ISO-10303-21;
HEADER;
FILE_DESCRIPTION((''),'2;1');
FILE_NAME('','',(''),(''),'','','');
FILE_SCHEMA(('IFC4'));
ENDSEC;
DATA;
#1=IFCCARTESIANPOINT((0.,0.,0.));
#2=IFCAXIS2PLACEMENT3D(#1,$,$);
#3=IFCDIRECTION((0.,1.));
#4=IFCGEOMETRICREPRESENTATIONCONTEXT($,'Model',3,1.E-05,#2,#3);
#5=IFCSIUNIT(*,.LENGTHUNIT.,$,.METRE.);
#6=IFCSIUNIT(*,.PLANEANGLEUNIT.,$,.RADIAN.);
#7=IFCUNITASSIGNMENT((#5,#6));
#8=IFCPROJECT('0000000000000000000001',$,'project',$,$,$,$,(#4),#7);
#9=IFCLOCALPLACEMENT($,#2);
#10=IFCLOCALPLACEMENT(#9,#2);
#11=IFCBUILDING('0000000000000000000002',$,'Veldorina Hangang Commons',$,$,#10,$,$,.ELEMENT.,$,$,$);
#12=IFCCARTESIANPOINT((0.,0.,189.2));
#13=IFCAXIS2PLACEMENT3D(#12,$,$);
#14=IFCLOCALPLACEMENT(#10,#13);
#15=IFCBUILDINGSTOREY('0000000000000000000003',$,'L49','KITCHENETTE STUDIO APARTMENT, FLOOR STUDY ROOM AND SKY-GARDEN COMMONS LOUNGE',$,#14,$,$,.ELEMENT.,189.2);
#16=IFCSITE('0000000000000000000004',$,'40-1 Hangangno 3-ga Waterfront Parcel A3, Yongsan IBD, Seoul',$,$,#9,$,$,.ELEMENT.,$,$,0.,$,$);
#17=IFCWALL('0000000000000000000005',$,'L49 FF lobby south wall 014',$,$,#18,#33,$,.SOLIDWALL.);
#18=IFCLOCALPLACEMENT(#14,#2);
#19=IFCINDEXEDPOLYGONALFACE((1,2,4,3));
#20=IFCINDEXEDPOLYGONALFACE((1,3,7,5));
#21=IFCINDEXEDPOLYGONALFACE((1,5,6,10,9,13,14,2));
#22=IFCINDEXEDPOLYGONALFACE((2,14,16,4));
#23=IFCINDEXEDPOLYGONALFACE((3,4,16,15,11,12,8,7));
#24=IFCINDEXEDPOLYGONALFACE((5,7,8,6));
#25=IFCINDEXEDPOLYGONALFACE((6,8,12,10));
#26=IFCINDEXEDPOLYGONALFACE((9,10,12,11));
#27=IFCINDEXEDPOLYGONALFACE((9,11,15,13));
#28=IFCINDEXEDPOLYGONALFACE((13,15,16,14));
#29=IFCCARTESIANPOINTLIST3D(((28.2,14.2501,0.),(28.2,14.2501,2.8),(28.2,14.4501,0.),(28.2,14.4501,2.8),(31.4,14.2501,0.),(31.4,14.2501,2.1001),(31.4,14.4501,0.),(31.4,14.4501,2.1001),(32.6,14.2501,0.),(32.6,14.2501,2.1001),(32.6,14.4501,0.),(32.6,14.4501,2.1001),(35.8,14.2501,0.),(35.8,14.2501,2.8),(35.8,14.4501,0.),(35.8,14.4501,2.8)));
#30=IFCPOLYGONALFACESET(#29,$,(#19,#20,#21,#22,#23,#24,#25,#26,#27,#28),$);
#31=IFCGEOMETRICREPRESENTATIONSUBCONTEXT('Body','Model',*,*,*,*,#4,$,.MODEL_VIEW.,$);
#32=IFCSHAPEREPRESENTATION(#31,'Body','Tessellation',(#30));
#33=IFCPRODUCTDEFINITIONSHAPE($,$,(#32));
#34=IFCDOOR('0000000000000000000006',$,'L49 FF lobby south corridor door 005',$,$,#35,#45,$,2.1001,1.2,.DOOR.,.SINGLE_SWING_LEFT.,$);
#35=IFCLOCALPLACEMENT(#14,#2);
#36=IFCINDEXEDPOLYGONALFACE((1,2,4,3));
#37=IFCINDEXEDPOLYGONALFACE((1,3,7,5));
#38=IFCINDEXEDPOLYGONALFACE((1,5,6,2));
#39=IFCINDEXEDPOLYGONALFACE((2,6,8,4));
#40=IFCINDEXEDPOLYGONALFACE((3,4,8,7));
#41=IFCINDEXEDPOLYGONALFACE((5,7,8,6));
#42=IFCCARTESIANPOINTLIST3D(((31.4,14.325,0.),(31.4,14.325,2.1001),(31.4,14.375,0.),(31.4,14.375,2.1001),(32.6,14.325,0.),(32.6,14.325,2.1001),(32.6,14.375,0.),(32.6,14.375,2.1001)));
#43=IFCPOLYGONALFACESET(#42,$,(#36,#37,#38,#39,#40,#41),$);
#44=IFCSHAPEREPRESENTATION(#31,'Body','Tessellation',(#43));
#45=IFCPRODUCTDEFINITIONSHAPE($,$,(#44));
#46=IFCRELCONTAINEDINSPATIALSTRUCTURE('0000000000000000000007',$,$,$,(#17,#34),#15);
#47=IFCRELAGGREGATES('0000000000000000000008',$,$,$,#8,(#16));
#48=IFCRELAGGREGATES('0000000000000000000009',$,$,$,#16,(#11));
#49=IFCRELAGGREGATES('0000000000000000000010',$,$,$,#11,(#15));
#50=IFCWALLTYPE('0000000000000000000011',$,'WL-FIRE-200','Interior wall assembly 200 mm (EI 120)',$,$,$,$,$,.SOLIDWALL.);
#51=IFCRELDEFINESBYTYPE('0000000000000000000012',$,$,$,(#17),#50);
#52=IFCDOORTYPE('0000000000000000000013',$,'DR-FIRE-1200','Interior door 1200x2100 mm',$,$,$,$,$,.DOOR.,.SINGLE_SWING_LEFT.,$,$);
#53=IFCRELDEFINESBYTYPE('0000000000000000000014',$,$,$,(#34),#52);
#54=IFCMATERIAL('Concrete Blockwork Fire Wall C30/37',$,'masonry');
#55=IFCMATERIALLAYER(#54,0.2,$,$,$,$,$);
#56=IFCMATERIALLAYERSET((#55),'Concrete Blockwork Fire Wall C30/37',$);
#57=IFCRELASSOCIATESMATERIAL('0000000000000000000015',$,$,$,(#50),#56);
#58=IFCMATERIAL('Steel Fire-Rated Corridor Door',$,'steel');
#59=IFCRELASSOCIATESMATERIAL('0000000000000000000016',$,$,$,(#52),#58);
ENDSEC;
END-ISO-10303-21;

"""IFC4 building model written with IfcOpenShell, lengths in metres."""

from ifc_helpers import new_model, si_unit, direction, frame, frame_2d, origin, place, context, subcontext, project, spatial, rectangle, extrude, material, layer, layer_set, type_object, element, fill, save


model = new_model("IFC4")

# Units and contexts
model_context = context("Model", 3, precision=1e-05, world=origin(), true_north=direction((0.0, 1.0)))
body_context = subcontext(model_context, "Body", "Model", "MODEL_VIEW")
ifc_project = project(units=[si_unit("LENGTHUNIT", "METRE"), si_unit("PLANEANGLEUNIT", "RADIAN")], contexts=[model_context])

# Site, building, storey
site_placement = place(None, origin())
site = spatial("IfcSite", under=ifc_project, at=site_placement, Name="40-1 Hangangno 3-ga Waterfront Parcel A3, Yongsan IBD, Seoul", CompositionType="ELEMENT", RefElevation=0.0)
building_placement = place(site_placement, origin())
building = spatial("IfcBuilding", under=site, at=building_placement, Name="Veldorina Hangang Commons", CompositionType="ELEMENT")
storey_placement = place(building_placement, frame((0.0, 0.0, 189.2)))
storey = spatial("IfcBuildingStorey", under=building, at=storey_placement, Name="L49", Description="KITCHENETTE STUDIO APARTMENT, FLOOR STUDY ROOM AND SKY-GARDEN COMMONS LOUNGE", CompositionType="ELEMENT", Elevation=189.2)

# Shared definitions
ifc_material_1 = material(Name="Concrete Blockwork Fire Wall C30/37", Category="masonry")
ifc_layer_1 = layer(ifc_material_1, 0.2)
ifc_layer_set_1 = layer_set([ifc_layer_1], Name="Concrete Blockwork Fire Wall C30/37")
wall_type_1 = type_object("IfcWallType", Name="WL-FIRE-200", Description="Interior wall assembly 200 mm (EI 120)", PredefinedType="SOLIDWALL", material=ifc_layer_set_1)

# Wall, opening, door
wall_1_placement = place(storey_placement, frame((28.2, 14.3501, 0.0), z_axis=(0.0, 0.0, 1.0), x_axis=(1.0, 0.0, 0.0)))
wall_1 = element("IfcWall", 1, at=wall_1_placement, inside=storey, type_object=wall_type_1, Name="L49 FF lobby south wall 014", PredefinedType="SOLIDWALL", context=body_context, shape_type="SweptSolid", body=[
    extrude(rectangle(XDim=7.6001, YDim=0.2, at=frame_2d((3.8, 0.0))), origin(), (0.0, 0.0, 1.0), 2.8),
])
opening_1_placement = place(wall_1_placement, frame((3.2, 0.0, 0.0)))
opening_1 = element("IfcOpeningElement", 2, at=opening_1_placement, cuts=wall_1, PredefinedType="OPENING", context=body_context, shape_type="SweptSolid", body=[
    extrude(rectangle(XDim=1.2, YDim=2.1001, at=frame_2d((0.6001, 1.05))), frame((0.0, 0.1099, 0.0), z_axis=(0.0, -1.0, 0.0), x_axis=(1.0, 0.0, 0.0)), (0.0, 0.0, 1.0), 0.22),
])
ifc_material_2 = material(Name="Steel Fire-Rated Corridor Door", Category="steel")
door_type_1 = type_object("IfcDoorType", Name="DR-FIRE-1200", Description="Interior door 1200x2100 mm", OperationType="SINGLE_SWING_LEFT", PredefinedType="DOOR", material=ifc_material_2)
door_1_placement = place(opening_1_placement, origin())
door_1 = element("IfcDoor", 3, at=door_1_placement, inside=storey, type_object=door_type_1, Name="L49 FF lobby south corridor door 005", OperationType="SINGLE_SWING_LEFT", OverallHeight=2.1001, OverallWidth=1.2, PredefinedType="DOOR", context=body_context, shape_type="SweptSolid", body=[
    extrude(rectangle(XDim=1.2, YDim=2.1001, at=frame_2d((0.6001, 1.05))), frame((0.0, 0.0249, 0.0), z_axis=(0.0, -1.0, 0.0), x_axis=(1.0, 0.0, 0.0)), (0.0, 0.0, 1.0), 0.05),
])
fill(opening_1, door_1)

save(model, "model.ifc")
